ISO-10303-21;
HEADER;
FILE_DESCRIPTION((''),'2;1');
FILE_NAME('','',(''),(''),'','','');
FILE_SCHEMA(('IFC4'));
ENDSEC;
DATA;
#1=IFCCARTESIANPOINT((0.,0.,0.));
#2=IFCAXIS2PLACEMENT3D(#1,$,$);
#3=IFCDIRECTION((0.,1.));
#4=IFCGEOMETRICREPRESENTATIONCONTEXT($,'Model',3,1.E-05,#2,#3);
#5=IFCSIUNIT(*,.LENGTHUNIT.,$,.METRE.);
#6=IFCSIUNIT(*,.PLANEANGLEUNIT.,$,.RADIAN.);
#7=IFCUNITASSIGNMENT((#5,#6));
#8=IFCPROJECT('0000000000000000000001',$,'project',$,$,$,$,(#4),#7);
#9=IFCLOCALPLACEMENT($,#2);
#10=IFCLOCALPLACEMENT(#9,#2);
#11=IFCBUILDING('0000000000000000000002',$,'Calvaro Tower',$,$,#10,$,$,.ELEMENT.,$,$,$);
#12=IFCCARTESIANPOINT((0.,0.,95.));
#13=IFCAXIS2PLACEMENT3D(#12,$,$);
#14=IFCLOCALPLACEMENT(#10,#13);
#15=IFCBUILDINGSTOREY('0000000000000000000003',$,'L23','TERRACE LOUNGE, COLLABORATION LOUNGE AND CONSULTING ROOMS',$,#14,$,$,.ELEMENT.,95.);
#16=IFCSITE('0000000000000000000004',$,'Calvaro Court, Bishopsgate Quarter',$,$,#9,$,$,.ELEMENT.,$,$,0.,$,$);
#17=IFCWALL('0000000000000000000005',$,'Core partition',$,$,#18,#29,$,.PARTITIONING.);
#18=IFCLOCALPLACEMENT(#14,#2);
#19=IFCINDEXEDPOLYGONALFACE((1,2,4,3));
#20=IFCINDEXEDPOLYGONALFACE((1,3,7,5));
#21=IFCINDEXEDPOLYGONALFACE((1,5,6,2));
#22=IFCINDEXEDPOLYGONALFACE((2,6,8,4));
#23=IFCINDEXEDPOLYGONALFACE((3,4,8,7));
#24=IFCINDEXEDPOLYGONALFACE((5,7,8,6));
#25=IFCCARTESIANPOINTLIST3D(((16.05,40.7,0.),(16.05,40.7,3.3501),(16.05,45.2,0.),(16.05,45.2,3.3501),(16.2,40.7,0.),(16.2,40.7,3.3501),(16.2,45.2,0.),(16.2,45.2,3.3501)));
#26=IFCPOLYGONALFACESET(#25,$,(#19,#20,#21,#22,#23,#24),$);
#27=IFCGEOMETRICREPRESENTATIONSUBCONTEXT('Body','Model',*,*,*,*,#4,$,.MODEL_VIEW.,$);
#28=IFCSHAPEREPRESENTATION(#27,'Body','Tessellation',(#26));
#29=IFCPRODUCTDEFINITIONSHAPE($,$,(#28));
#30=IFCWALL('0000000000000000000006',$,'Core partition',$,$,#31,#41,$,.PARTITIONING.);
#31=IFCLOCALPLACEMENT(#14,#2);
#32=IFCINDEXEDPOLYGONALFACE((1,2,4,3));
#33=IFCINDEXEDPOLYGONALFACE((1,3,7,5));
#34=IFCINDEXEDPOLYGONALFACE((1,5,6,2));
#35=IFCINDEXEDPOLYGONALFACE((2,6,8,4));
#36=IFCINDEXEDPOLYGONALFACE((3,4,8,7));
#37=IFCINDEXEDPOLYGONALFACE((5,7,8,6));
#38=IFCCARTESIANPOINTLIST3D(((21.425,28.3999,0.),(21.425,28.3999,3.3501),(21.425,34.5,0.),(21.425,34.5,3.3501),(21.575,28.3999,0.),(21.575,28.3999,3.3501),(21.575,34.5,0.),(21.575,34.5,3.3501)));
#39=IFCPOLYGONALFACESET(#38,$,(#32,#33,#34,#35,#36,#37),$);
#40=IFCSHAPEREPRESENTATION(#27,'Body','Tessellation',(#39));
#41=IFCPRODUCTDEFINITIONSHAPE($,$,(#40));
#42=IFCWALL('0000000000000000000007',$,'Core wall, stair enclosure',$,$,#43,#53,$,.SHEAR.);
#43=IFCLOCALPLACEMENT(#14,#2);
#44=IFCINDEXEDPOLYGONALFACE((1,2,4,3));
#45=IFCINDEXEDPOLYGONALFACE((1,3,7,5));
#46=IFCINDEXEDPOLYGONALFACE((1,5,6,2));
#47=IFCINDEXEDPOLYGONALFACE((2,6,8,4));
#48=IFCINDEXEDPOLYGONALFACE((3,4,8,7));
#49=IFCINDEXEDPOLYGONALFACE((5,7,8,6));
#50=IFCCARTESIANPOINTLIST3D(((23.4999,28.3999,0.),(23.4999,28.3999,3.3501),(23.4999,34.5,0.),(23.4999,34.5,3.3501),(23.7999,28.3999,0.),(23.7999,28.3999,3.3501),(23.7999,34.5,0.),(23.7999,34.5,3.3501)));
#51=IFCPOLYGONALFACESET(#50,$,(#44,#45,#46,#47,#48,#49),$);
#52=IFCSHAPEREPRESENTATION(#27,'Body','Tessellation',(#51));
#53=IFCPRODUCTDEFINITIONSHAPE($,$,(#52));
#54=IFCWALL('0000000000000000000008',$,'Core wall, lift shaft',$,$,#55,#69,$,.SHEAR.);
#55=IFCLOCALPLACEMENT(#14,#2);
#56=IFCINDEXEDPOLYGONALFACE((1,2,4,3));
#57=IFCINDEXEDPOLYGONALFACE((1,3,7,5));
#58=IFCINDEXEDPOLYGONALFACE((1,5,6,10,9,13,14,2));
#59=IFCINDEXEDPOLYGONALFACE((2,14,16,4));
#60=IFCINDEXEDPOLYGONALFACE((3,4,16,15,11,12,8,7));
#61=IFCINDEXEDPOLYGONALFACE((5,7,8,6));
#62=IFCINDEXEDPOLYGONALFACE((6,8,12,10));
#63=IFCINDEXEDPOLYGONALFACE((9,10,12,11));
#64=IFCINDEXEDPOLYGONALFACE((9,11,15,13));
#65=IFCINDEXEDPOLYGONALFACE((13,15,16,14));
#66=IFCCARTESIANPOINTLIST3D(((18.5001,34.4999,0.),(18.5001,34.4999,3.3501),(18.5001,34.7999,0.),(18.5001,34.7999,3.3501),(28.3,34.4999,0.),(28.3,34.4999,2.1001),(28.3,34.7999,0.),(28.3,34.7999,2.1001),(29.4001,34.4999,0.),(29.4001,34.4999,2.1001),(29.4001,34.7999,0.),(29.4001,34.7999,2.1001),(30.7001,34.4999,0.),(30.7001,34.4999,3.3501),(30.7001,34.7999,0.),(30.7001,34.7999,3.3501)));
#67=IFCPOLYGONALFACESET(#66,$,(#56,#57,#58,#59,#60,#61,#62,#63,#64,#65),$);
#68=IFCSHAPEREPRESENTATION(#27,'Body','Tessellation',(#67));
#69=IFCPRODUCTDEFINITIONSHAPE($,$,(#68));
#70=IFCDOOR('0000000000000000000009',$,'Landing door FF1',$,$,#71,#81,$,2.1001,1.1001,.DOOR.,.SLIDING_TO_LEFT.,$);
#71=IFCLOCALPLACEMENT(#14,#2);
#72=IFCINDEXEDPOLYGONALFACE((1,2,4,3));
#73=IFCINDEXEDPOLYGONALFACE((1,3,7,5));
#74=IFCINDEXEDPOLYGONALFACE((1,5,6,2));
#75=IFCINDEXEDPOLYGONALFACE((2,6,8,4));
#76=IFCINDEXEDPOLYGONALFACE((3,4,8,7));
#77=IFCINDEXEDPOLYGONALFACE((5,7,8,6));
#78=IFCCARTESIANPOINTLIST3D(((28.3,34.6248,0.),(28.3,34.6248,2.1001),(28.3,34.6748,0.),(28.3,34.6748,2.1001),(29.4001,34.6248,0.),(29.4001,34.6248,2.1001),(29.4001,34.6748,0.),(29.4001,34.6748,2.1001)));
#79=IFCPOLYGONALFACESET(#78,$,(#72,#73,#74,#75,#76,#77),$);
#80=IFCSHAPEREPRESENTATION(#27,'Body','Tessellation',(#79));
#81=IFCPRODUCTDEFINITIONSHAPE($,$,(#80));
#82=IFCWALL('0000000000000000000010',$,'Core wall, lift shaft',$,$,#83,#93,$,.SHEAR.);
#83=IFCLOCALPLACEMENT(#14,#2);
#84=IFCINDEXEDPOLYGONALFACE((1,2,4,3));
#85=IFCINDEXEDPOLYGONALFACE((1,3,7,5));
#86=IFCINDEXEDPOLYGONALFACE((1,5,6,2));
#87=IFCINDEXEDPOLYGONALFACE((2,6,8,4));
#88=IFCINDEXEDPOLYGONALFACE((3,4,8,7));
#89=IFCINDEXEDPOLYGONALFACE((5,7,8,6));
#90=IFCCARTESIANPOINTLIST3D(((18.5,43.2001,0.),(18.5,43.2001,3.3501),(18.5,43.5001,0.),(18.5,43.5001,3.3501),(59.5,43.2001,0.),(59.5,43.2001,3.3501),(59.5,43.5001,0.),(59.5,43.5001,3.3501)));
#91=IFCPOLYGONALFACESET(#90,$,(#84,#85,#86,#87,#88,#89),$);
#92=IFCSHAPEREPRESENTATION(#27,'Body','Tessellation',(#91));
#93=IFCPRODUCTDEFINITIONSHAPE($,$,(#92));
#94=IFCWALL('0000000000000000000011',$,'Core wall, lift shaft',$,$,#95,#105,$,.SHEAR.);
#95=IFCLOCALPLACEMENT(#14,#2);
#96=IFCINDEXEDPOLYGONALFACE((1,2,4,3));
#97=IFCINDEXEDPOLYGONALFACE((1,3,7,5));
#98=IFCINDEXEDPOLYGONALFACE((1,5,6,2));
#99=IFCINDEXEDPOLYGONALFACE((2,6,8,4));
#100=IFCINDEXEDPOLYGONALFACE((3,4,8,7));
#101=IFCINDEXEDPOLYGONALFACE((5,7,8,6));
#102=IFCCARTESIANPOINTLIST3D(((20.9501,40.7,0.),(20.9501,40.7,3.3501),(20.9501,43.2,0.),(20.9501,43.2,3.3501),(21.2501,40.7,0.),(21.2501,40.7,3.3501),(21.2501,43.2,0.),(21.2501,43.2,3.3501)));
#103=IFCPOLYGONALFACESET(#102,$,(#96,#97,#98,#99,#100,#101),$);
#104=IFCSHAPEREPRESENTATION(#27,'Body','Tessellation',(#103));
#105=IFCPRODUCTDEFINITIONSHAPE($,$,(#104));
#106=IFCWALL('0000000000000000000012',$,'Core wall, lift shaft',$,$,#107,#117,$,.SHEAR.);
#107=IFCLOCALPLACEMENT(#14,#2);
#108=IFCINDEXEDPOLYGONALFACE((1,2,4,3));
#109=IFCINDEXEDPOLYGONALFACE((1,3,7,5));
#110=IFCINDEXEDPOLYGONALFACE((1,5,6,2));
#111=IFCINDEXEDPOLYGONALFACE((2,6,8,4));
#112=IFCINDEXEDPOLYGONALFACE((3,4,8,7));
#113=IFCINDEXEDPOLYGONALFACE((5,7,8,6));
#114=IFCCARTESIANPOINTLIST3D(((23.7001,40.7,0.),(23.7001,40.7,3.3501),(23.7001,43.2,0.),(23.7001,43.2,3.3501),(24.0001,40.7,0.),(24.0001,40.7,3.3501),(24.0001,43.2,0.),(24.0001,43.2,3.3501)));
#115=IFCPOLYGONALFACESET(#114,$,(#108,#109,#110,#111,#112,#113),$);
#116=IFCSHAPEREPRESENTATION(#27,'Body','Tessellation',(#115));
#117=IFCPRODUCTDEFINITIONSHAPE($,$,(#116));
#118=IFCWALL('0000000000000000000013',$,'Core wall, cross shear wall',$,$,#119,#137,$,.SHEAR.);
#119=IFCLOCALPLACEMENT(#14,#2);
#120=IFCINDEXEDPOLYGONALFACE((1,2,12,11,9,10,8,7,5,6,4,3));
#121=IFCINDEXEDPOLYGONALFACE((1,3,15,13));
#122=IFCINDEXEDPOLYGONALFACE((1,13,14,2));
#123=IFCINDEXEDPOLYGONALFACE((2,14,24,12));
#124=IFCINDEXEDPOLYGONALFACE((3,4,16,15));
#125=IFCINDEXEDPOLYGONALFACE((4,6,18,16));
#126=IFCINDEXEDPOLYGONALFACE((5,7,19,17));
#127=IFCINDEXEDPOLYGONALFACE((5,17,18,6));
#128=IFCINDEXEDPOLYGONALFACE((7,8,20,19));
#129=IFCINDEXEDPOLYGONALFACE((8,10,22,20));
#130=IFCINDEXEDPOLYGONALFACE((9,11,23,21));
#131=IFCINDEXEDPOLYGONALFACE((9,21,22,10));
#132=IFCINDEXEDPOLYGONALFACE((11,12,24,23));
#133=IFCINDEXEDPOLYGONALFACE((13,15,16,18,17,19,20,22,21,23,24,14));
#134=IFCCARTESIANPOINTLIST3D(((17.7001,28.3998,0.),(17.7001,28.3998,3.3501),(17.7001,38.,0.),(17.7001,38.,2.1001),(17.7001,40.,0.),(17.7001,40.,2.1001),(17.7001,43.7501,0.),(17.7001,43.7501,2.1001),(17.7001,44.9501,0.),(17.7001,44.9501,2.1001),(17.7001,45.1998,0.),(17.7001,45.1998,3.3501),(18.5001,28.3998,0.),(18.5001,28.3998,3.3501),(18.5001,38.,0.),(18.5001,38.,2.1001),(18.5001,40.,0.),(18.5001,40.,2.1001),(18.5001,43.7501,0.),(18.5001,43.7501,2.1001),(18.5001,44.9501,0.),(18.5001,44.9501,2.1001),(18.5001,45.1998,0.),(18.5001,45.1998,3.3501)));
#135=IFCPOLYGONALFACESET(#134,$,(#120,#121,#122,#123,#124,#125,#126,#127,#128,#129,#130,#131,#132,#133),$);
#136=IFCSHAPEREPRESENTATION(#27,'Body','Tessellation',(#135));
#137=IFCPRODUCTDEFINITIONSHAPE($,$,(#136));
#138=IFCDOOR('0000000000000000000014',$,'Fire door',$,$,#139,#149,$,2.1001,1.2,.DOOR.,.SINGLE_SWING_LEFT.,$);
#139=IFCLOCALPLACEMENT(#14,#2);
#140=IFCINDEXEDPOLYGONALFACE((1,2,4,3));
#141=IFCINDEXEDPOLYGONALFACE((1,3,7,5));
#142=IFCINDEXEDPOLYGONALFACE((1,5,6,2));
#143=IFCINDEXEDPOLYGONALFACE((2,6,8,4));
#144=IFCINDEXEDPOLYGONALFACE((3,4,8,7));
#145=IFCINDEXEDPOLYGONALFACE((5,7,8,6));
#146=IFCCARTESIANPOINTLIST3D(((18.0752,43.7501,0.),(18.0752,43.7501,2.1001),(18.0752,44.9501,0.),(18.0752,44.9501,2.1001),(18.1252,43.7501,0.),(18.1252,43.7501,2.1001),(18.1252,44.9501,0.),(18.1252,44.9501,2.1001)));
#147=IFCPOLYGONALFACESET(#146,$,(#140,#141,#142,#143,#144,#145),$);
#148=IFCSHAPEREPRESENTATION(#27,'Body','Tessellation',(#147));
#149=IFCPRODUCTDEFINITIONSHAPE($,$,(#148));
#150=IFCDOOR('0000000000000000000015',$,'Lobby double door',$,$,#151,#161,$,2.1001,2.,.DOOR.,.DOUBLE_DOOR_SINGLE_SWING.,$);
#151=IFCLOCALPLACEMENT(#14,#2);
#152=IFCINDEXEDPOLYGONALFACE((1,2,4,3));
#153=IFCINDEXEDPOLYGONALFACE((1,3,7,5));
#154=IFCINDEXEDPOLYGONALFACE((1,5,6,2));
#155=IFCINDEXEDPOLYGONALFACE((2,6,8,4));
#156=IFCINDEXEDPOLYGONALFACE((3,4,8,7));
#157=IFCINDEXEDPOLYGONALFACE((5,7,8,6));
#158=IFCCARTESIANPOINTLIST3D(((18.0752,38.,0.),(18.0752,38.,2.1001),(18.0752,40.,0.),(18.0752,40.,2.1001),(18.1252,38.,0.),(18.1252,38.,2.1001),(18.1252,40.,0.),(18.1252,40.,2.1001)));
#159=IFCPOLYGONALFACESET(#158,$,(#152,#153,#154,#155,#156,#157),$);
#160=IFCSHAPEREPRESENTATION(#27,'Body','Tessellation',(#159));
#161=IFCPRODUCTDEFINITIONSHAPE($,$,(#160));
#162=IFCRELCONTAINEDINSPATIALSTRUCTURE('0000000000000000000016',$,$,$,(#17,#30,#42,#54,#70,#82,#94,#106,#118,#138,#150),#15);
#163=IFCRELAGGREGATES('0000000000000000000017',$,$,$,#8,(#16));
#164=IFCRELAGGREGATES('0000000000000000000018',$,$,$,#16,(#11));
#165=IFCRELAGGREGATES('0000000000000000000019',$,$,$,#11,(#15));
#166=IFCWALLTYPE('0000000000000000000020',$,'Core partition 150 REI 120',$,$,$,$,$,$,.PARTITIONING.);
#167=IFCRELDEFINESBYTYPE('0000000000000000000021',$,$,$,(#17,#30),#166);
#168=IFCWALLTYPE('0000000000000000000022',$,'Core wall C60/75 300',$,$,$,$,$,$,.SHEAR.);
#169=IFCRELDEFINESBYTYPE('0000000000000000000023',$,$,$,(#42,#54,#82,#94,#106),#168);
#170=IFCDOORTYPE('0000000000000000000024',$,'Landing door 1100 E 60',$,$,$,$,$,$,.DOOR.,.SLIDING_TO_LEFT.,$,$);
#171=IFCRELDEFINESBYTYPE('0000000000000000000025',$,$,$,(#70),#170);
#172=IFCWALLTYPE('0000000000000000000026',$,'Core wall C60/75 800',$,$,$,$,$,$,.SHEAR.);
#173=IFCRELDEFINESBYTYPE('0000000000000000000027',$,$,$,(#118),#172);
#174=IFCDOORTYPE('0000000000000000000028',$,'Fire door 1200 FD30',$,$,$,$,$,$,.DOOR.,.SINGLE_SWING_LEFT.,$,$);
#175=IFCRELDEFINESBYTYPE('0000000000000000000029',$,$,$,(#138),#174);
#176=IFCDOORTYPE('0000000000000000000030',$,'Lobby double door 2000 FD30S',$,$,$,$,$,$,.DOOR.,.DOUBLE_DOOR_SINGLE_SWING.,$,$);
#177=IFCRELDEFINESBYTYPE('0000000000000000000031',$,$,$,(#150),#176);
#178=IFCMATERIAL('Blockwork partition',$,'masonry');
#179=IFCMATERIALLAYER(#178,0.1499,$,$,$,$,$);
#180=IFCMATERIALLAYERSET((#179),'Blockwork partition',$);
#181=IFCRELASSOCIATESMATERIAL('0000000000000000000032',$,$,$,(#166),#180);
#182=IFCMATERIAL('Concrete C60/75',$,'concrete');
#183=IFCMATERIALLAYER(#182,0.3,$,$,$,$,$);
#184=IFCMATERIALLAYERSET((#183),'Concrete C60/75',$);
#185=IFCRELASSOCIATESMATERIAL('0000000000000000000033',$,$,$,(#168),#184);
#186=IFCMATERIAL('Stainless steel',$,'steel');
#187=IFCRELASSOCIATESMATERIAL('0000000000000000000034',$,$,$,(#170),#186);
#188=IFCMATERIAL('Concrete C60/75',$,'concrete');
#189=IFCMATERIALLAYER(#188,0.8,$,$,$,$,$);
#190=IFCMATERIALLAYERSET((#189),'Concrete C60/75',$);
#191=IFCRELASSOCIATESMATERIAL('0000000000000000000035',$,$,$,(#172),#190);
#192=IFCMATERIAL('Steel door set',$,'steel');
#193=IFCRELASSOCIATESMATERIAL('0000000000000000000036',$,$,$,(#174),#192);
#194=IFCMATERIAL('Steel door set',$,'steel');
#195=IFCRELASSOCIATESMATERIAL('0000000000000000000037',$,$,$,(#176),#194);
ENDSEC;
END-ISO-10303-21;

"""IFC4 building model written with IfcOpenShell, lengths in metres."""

from ifc_helpers import new_model, si_unit, direction, frame, frame_2d, origin, place, context, subcontext, project, spatial, rectangle, extrude, material, layer, layer_set, type_object, element, fill, save


model = new_model("IFC4")

# Units and contexts
model_context = context("Model", 3, precision=1e-05, world=origin(), true_north=direction((0.0, 1.0)))
body_context = subcontext(model_context, "Body", "Model", "MODEL_VIEW")
ifc_project = project(units=[si_unit("LENGTHUNIT", "METRE"), si_unit("PLANEANGLEUNIT", "RADIAN")], contexts=[model_context])

# Site, building, storey
site_placement = place(None, origin())
site = spatial("IfcSite", under=ifc_project, at=site_placement, Name="Calvaro Court, Bishopsgate Quarter", CompositionType="ELEMENT", RefElevation=0.0)
building_placement = place(site_placement, origin())
building = spatial("IfcBuilding", under=site, at=building_placement, Name="Calvaro Tower", CompositionType="ELEMENT")
storey_placement = place(building_placement, frame((0.0, 0.0, 95.0)))
storey = spatial("IfcBuildingStorey", under=building, at=storey_placement, Name="L23", Description="TERRACE LOUNGE, COLLABORATION LOUNGE AND CONSULTING ROOMS", CompositionType="ELEMENT", Elevation=95.0)

# Walls
ifc_material_1 = material(Name="Blockwork partition", Category="masonry")
ifc_layer_1 = layer(ifc_material_1, 0.1499)
ifc_layer_set_1 = layer_set([ifc_layer_1], Name="Blockwork partition")
wall_type_1 = type_object("IfcWallType", Name="Core partition 150 REI 120", PredefinedType="PARTITIONING", material=ifc_layer_set_1)
wall_1_placement = place(storey_placement, frame((16.125, 40.7, 0.0), z_axis=(0.0, 0.0, 1.0), x_axis=(0.0, 1.0, 0.0)))
element("IfcWall", 1, at=wall_1_placement, inside=storey, type_object=wall_type_1, Name="Core partition", PredefinedType="PARTITIONING", context=body_context, shape_type="SweptSolid", body=[
    extrude(rectangle(XDim=4.5, YDim=0.1499, at=frame_2d((2.25, 0.0))), origin(), (0.0, 0.0, 1.0), 3.3501),
])
wall_2_placement = place(storey_placement, frame((21.5, 28.3999, 0.0), z_axis=(0.0, 0.0, 1.0), x_axis=(0.0, 1.0, 0.0)))
element("IfcWall", 2, at=wall_2_placement, inside=storey, type_object=wall_type_1, Name="Core partition", PredefinedType="PARTITIONING", context=body_context, shape_type="SweptSolid", body=[
    extrude(rectangle(XDim=6.1001, YDim=0.1499, at=frame_2d((3.05, 0.0))), origin(), (0.0, 0.0, 1.0), 3.3501),
])
ifc_material_2 = material(Name="Concrete C60/75", Category="concrete")
ifc_layer_2 = layer(ifc_material_2, 0.3)
ifc_layer_set_2 = layer_set([ifc_layer_2], Name="Concrete C60/75")
wall_type_2 = type_object("IfcWallType", Name="Core wall C60/75 300", PredefinedType="SHEAR", material=ifc_layer_set_2)
wall_3_placement = place(storey_placement, frame((23.6499, 28.3999, 0.0), z_axis=(0.0, 0.0, 1.0), x_axis=(0.0, 1.0, 0.0)))
element("IfcWall", 3, at=wall_3_placement, inside=storey, type_object=wall_type_2, Name="Core wall, stair enclosure", PredefinedType="SHEAR", context=body_context, shape_type="SweptSolid", body=[
    extrude(rectangle(XDim=6.1001, YDim=0.3, at=frame_2d((3.05, 0.0))), origin(), (0.0, 0.0, 1.0), 3.3501),
])

# Wall, opening, door
wall_4_placement = place(storey_placement, frame((18.5, 34.6499, 0.0), z_axis=(0.0, 0.0, 1.0), x_axis=(1.0, 0.0, 0.0)))
wall_4 = element("IfcWall", 4, at=wall_4_placement, inside=storey, type_object=wall_type_2, Name="Core wall, lift shaft", PredefinedType="SHEAR", context=body_context, shape_type="SweptSolid", body=[
    extrude(rectangle(XDim=12.2, YDim=0.3, at=frame_2d((6.1001, 0.0))), origin(), (0.0, 0.0, 1.0), 3.3501),
])
opening_1_placement = place(wall_4_placement, frame((9.8, 0.0, 0.0)))
opening_1 = element("IfcOpeningElement", 5, at=opening_1_placement, cuts=wall_4, PredefinedType="OPENING", context=body_context, shape_type="SweptSolid", body=[
    extrude(rectangle(XDim=1.1001, YDim=2.1001, at=frame_2d((0.55, 1.05))), frame((0.0, 0.1599, 0.0), z_axis=(0.0, -1.0, 0.0), x_axis=(1.0, 0.0, 0.0)), (0.0, 0.0, 1.0), 0.3201),
])
ifc_material_3 = material(Name="Stainless steel", Category="steel")
door_type_1 = type_object("IfcDoorType", Name="Landing door 1100 E 60", OperationType="SLIDING_TO_LEFT", PredefinedType="DOOR", material=ifc_material_3)
door_1_placement = place(opening_1_placement, origin())
door_1 = element("IfcDoor", 6, at=door_1_placement, inside=storey, type_object=door_type_1, Name="Landing door FF1", OperationType="SLIDING_TO_LEFT", OverallHeight=2.1001, OverallWidth=1.1001, PredefinedType="DOOR", context=body_context, shape_type="SweptSolid", body=[
    extrude(rectangle(XDim=1.1001, YDim=2.1001, at=frame_2d((0.55, 1.05))), frame((0.0, 0.0249, 0.0), z_axis=(0.0, -1.0, 0.0), x_axis=(1.0, 0.0, 0.0)), (0.0, 0.0, 1.0), 0.05),
])
fill(opening_1, door_1)

# Walls
wall_5_placement = place(storey_placement, frame((18.5, 43.3501, 0.0), z_axis=(0.0, 0.0, 1.0), x_axis=(1.0, 0.0, 0.0)))
element("IfcWall", 7, at=wall_5_placement, inside=storey, type_object=wall_type_2, Name="Core wall, lift shaft", PredefinedType="SHEAR", context=body_context, shape_type="SweptSolid", body=[
    extrude(rectangle(XDim=41.0, YDim=0.3, at=frame_2d((20.5, 0.0))), origin(), (0.0, 0.0, 1.0), 3.3501),
])
for number, where, z_axis, x_axis, name in (
    (8, (21.1001, 40.7, 0.0), (0.0, 0.0, 1.0), (0.0, 1.0, 0.0), "Core wall, lift shaft"),
    (9, (23.8501, 40.7, 0.0), (0.0, 0.0, 1.0), (0.0, 1.0, 0.0), "Core wall, lift shaft"),
):
    element("IfcWall", number, at=place(storey_placement, frame(where, z_axis=z_axis, x_axis=x_axis)), inside=storey, type_object=wall_type_2, Name=name, PredefinedType="SHEAR", context=body_context, shape_type="SweptSolid", body=[
        extrude(rectangle(XDim=2.5, YDim=0.3, at=frame_2d((1.25, 0.0))), origin(), (0.0, 0.0, 1.0), 3.3501),
    ])

# Wall, openings, doors
ifc_material_4 = material(Name="Concrete C60/75", Category="concrete")
ifc_layer_3 = layer(ifc_material_4, 0.8)
ifc_layer_set_3 = layer_set([ifc_layer_3], Name="Concrete C60/75")
wall_type_3 = type_object("IfcWallType", Name="Core wall C60/75 800", PredefinedType="SHEAR", material=ifc_layer_set_3)
wall_6_placement = place(storey_placement, frame((18.1001, 28.3999, 0.0), z_axis=(0.0, 0.0, 1.0), x_axis=(0.0, 1.0, 0.0)))
wall_6 = element("IfcWall", 10, at=wall_6_placement, inside=storey, type_object=wall_type_3, Name="Core wall, cross shear wall", PredefinedType="SHEAR", context=body_context, shape_type="SweptSolid", body=[
    extrude(rectangle(XDim=16.8, YDim=0.8, at=frame_2d((8.3999, 0.0))), origin(), (0.0, 0.0, 1.0), 3.3501),
])
opening_2_placement = place(wall_6_placement, frame((9.6001, 0.0, 0.0)))
opening_2 = element("IfcOpeningElement", 11, at=opening_2_placement, cuts=wall_6, PredefinedType="OPENING", context=body_context, shape_type="SweptSolid", body=[
    extrude(rectangle(XDim=2.0, YDim=2.1001, at=frame_2d((1.0, 1.05))), frame((0.0, 0.4099, 0.0), z_axis=(0.0, -1.0, 0.0), x_axis=(1.0, 0.0, 0.0)), (0.0, 0.0, 1.0), 0.8201),
])
opening_3_placement = place(wall_6_placement, frame((15.3501, 0.0, 0.0)))
opening_3 = element("IfcOpeningElement", 12, at=opening_3_placement, cuts=wall_6, PredefinedType="OPENING", context=body_context, shape_type="SweptSolid", body=[
    extrude(rectangle(XDim=1.2, YDim=2.1001, at=frame_2d((0.6001, 1.05))), frame((0.0, 0.4099, 0.0), z_axis=(0.0, -1.0, 0.0), x_axis=(1.0, 0.0, 0.0)), (0.0, 0.0, 1.0), 0.8201),
])
ifc_material_5 = material(Name="Steel door set", Category="steel")
door_type_2 = type_object("IfcDoorType", Name="Fire door 1200 FD30", OperationType="SINGLE_SWING_LEFT", PredefinedType="DOOR", material=ifc_material_5)
door_2_placement = place(opening_3_placement, origin())
door_2 = element("IfcDoor", 13, at=door_2_placement, inside=storey, type_object=door_type_2, Name="Fire door", OperationType="SINGLE_SWING_LEFT", OverallHeight=2.1001, OverallWidth=1.2, PredefinedType="DOOR", context=body_context, shape_type="SweptSolid", body=[
    extrude(rectangle(XDim=1.2, YDim=2.1001, at=frame_2d((0.6001, 1.05))), frame((0.0, 0.0249, 0.0), z_axis=(0.0, -1.0, 0.0), x_axis=(1.0, 0.0, 0.0)), (0.0, 0.0, 1.0), 0.05),
])
fill(opening_3, door_2)
ifc_material_6 = material(Name="Steel door set", Category="steel")
door_type_3 = type_object("IfcDoorType", Name="Lobby double door 2000 FD30S", OperationType="DOUBLE_DOOR_SINGLE_SWING", PredefinedType="DOOR", material=ifc_material_6)
door_3_placement = place(opening_2_placement, origin())
door_3 = element("IfcDoor", 14, at=door_3_placement, inside=storey, type_object=door_type_3, Name="Lobby double door", OperationType="DOUBLE_DOOR_SINGLE_SWING", OverallHeight=2.1001, OverallWidth=2.0, PredefinedType="DOOR", context=body_context, shape_type="SweptSolid", body=[
    extrude(rectangle(XDim=2.0, YDim=2.1001, at=frame_2d((1.0, 1.05))), frame((0.0, 0.0249, 0.0), z_axis=(0.0, -1.0, 0.0), x_axis=(1.0, 0.0, 0.0)), (0.0, 0.0, 1.0), 0.05),
])
fill(opening_2, door_3)

save(model, "model.ifc")
